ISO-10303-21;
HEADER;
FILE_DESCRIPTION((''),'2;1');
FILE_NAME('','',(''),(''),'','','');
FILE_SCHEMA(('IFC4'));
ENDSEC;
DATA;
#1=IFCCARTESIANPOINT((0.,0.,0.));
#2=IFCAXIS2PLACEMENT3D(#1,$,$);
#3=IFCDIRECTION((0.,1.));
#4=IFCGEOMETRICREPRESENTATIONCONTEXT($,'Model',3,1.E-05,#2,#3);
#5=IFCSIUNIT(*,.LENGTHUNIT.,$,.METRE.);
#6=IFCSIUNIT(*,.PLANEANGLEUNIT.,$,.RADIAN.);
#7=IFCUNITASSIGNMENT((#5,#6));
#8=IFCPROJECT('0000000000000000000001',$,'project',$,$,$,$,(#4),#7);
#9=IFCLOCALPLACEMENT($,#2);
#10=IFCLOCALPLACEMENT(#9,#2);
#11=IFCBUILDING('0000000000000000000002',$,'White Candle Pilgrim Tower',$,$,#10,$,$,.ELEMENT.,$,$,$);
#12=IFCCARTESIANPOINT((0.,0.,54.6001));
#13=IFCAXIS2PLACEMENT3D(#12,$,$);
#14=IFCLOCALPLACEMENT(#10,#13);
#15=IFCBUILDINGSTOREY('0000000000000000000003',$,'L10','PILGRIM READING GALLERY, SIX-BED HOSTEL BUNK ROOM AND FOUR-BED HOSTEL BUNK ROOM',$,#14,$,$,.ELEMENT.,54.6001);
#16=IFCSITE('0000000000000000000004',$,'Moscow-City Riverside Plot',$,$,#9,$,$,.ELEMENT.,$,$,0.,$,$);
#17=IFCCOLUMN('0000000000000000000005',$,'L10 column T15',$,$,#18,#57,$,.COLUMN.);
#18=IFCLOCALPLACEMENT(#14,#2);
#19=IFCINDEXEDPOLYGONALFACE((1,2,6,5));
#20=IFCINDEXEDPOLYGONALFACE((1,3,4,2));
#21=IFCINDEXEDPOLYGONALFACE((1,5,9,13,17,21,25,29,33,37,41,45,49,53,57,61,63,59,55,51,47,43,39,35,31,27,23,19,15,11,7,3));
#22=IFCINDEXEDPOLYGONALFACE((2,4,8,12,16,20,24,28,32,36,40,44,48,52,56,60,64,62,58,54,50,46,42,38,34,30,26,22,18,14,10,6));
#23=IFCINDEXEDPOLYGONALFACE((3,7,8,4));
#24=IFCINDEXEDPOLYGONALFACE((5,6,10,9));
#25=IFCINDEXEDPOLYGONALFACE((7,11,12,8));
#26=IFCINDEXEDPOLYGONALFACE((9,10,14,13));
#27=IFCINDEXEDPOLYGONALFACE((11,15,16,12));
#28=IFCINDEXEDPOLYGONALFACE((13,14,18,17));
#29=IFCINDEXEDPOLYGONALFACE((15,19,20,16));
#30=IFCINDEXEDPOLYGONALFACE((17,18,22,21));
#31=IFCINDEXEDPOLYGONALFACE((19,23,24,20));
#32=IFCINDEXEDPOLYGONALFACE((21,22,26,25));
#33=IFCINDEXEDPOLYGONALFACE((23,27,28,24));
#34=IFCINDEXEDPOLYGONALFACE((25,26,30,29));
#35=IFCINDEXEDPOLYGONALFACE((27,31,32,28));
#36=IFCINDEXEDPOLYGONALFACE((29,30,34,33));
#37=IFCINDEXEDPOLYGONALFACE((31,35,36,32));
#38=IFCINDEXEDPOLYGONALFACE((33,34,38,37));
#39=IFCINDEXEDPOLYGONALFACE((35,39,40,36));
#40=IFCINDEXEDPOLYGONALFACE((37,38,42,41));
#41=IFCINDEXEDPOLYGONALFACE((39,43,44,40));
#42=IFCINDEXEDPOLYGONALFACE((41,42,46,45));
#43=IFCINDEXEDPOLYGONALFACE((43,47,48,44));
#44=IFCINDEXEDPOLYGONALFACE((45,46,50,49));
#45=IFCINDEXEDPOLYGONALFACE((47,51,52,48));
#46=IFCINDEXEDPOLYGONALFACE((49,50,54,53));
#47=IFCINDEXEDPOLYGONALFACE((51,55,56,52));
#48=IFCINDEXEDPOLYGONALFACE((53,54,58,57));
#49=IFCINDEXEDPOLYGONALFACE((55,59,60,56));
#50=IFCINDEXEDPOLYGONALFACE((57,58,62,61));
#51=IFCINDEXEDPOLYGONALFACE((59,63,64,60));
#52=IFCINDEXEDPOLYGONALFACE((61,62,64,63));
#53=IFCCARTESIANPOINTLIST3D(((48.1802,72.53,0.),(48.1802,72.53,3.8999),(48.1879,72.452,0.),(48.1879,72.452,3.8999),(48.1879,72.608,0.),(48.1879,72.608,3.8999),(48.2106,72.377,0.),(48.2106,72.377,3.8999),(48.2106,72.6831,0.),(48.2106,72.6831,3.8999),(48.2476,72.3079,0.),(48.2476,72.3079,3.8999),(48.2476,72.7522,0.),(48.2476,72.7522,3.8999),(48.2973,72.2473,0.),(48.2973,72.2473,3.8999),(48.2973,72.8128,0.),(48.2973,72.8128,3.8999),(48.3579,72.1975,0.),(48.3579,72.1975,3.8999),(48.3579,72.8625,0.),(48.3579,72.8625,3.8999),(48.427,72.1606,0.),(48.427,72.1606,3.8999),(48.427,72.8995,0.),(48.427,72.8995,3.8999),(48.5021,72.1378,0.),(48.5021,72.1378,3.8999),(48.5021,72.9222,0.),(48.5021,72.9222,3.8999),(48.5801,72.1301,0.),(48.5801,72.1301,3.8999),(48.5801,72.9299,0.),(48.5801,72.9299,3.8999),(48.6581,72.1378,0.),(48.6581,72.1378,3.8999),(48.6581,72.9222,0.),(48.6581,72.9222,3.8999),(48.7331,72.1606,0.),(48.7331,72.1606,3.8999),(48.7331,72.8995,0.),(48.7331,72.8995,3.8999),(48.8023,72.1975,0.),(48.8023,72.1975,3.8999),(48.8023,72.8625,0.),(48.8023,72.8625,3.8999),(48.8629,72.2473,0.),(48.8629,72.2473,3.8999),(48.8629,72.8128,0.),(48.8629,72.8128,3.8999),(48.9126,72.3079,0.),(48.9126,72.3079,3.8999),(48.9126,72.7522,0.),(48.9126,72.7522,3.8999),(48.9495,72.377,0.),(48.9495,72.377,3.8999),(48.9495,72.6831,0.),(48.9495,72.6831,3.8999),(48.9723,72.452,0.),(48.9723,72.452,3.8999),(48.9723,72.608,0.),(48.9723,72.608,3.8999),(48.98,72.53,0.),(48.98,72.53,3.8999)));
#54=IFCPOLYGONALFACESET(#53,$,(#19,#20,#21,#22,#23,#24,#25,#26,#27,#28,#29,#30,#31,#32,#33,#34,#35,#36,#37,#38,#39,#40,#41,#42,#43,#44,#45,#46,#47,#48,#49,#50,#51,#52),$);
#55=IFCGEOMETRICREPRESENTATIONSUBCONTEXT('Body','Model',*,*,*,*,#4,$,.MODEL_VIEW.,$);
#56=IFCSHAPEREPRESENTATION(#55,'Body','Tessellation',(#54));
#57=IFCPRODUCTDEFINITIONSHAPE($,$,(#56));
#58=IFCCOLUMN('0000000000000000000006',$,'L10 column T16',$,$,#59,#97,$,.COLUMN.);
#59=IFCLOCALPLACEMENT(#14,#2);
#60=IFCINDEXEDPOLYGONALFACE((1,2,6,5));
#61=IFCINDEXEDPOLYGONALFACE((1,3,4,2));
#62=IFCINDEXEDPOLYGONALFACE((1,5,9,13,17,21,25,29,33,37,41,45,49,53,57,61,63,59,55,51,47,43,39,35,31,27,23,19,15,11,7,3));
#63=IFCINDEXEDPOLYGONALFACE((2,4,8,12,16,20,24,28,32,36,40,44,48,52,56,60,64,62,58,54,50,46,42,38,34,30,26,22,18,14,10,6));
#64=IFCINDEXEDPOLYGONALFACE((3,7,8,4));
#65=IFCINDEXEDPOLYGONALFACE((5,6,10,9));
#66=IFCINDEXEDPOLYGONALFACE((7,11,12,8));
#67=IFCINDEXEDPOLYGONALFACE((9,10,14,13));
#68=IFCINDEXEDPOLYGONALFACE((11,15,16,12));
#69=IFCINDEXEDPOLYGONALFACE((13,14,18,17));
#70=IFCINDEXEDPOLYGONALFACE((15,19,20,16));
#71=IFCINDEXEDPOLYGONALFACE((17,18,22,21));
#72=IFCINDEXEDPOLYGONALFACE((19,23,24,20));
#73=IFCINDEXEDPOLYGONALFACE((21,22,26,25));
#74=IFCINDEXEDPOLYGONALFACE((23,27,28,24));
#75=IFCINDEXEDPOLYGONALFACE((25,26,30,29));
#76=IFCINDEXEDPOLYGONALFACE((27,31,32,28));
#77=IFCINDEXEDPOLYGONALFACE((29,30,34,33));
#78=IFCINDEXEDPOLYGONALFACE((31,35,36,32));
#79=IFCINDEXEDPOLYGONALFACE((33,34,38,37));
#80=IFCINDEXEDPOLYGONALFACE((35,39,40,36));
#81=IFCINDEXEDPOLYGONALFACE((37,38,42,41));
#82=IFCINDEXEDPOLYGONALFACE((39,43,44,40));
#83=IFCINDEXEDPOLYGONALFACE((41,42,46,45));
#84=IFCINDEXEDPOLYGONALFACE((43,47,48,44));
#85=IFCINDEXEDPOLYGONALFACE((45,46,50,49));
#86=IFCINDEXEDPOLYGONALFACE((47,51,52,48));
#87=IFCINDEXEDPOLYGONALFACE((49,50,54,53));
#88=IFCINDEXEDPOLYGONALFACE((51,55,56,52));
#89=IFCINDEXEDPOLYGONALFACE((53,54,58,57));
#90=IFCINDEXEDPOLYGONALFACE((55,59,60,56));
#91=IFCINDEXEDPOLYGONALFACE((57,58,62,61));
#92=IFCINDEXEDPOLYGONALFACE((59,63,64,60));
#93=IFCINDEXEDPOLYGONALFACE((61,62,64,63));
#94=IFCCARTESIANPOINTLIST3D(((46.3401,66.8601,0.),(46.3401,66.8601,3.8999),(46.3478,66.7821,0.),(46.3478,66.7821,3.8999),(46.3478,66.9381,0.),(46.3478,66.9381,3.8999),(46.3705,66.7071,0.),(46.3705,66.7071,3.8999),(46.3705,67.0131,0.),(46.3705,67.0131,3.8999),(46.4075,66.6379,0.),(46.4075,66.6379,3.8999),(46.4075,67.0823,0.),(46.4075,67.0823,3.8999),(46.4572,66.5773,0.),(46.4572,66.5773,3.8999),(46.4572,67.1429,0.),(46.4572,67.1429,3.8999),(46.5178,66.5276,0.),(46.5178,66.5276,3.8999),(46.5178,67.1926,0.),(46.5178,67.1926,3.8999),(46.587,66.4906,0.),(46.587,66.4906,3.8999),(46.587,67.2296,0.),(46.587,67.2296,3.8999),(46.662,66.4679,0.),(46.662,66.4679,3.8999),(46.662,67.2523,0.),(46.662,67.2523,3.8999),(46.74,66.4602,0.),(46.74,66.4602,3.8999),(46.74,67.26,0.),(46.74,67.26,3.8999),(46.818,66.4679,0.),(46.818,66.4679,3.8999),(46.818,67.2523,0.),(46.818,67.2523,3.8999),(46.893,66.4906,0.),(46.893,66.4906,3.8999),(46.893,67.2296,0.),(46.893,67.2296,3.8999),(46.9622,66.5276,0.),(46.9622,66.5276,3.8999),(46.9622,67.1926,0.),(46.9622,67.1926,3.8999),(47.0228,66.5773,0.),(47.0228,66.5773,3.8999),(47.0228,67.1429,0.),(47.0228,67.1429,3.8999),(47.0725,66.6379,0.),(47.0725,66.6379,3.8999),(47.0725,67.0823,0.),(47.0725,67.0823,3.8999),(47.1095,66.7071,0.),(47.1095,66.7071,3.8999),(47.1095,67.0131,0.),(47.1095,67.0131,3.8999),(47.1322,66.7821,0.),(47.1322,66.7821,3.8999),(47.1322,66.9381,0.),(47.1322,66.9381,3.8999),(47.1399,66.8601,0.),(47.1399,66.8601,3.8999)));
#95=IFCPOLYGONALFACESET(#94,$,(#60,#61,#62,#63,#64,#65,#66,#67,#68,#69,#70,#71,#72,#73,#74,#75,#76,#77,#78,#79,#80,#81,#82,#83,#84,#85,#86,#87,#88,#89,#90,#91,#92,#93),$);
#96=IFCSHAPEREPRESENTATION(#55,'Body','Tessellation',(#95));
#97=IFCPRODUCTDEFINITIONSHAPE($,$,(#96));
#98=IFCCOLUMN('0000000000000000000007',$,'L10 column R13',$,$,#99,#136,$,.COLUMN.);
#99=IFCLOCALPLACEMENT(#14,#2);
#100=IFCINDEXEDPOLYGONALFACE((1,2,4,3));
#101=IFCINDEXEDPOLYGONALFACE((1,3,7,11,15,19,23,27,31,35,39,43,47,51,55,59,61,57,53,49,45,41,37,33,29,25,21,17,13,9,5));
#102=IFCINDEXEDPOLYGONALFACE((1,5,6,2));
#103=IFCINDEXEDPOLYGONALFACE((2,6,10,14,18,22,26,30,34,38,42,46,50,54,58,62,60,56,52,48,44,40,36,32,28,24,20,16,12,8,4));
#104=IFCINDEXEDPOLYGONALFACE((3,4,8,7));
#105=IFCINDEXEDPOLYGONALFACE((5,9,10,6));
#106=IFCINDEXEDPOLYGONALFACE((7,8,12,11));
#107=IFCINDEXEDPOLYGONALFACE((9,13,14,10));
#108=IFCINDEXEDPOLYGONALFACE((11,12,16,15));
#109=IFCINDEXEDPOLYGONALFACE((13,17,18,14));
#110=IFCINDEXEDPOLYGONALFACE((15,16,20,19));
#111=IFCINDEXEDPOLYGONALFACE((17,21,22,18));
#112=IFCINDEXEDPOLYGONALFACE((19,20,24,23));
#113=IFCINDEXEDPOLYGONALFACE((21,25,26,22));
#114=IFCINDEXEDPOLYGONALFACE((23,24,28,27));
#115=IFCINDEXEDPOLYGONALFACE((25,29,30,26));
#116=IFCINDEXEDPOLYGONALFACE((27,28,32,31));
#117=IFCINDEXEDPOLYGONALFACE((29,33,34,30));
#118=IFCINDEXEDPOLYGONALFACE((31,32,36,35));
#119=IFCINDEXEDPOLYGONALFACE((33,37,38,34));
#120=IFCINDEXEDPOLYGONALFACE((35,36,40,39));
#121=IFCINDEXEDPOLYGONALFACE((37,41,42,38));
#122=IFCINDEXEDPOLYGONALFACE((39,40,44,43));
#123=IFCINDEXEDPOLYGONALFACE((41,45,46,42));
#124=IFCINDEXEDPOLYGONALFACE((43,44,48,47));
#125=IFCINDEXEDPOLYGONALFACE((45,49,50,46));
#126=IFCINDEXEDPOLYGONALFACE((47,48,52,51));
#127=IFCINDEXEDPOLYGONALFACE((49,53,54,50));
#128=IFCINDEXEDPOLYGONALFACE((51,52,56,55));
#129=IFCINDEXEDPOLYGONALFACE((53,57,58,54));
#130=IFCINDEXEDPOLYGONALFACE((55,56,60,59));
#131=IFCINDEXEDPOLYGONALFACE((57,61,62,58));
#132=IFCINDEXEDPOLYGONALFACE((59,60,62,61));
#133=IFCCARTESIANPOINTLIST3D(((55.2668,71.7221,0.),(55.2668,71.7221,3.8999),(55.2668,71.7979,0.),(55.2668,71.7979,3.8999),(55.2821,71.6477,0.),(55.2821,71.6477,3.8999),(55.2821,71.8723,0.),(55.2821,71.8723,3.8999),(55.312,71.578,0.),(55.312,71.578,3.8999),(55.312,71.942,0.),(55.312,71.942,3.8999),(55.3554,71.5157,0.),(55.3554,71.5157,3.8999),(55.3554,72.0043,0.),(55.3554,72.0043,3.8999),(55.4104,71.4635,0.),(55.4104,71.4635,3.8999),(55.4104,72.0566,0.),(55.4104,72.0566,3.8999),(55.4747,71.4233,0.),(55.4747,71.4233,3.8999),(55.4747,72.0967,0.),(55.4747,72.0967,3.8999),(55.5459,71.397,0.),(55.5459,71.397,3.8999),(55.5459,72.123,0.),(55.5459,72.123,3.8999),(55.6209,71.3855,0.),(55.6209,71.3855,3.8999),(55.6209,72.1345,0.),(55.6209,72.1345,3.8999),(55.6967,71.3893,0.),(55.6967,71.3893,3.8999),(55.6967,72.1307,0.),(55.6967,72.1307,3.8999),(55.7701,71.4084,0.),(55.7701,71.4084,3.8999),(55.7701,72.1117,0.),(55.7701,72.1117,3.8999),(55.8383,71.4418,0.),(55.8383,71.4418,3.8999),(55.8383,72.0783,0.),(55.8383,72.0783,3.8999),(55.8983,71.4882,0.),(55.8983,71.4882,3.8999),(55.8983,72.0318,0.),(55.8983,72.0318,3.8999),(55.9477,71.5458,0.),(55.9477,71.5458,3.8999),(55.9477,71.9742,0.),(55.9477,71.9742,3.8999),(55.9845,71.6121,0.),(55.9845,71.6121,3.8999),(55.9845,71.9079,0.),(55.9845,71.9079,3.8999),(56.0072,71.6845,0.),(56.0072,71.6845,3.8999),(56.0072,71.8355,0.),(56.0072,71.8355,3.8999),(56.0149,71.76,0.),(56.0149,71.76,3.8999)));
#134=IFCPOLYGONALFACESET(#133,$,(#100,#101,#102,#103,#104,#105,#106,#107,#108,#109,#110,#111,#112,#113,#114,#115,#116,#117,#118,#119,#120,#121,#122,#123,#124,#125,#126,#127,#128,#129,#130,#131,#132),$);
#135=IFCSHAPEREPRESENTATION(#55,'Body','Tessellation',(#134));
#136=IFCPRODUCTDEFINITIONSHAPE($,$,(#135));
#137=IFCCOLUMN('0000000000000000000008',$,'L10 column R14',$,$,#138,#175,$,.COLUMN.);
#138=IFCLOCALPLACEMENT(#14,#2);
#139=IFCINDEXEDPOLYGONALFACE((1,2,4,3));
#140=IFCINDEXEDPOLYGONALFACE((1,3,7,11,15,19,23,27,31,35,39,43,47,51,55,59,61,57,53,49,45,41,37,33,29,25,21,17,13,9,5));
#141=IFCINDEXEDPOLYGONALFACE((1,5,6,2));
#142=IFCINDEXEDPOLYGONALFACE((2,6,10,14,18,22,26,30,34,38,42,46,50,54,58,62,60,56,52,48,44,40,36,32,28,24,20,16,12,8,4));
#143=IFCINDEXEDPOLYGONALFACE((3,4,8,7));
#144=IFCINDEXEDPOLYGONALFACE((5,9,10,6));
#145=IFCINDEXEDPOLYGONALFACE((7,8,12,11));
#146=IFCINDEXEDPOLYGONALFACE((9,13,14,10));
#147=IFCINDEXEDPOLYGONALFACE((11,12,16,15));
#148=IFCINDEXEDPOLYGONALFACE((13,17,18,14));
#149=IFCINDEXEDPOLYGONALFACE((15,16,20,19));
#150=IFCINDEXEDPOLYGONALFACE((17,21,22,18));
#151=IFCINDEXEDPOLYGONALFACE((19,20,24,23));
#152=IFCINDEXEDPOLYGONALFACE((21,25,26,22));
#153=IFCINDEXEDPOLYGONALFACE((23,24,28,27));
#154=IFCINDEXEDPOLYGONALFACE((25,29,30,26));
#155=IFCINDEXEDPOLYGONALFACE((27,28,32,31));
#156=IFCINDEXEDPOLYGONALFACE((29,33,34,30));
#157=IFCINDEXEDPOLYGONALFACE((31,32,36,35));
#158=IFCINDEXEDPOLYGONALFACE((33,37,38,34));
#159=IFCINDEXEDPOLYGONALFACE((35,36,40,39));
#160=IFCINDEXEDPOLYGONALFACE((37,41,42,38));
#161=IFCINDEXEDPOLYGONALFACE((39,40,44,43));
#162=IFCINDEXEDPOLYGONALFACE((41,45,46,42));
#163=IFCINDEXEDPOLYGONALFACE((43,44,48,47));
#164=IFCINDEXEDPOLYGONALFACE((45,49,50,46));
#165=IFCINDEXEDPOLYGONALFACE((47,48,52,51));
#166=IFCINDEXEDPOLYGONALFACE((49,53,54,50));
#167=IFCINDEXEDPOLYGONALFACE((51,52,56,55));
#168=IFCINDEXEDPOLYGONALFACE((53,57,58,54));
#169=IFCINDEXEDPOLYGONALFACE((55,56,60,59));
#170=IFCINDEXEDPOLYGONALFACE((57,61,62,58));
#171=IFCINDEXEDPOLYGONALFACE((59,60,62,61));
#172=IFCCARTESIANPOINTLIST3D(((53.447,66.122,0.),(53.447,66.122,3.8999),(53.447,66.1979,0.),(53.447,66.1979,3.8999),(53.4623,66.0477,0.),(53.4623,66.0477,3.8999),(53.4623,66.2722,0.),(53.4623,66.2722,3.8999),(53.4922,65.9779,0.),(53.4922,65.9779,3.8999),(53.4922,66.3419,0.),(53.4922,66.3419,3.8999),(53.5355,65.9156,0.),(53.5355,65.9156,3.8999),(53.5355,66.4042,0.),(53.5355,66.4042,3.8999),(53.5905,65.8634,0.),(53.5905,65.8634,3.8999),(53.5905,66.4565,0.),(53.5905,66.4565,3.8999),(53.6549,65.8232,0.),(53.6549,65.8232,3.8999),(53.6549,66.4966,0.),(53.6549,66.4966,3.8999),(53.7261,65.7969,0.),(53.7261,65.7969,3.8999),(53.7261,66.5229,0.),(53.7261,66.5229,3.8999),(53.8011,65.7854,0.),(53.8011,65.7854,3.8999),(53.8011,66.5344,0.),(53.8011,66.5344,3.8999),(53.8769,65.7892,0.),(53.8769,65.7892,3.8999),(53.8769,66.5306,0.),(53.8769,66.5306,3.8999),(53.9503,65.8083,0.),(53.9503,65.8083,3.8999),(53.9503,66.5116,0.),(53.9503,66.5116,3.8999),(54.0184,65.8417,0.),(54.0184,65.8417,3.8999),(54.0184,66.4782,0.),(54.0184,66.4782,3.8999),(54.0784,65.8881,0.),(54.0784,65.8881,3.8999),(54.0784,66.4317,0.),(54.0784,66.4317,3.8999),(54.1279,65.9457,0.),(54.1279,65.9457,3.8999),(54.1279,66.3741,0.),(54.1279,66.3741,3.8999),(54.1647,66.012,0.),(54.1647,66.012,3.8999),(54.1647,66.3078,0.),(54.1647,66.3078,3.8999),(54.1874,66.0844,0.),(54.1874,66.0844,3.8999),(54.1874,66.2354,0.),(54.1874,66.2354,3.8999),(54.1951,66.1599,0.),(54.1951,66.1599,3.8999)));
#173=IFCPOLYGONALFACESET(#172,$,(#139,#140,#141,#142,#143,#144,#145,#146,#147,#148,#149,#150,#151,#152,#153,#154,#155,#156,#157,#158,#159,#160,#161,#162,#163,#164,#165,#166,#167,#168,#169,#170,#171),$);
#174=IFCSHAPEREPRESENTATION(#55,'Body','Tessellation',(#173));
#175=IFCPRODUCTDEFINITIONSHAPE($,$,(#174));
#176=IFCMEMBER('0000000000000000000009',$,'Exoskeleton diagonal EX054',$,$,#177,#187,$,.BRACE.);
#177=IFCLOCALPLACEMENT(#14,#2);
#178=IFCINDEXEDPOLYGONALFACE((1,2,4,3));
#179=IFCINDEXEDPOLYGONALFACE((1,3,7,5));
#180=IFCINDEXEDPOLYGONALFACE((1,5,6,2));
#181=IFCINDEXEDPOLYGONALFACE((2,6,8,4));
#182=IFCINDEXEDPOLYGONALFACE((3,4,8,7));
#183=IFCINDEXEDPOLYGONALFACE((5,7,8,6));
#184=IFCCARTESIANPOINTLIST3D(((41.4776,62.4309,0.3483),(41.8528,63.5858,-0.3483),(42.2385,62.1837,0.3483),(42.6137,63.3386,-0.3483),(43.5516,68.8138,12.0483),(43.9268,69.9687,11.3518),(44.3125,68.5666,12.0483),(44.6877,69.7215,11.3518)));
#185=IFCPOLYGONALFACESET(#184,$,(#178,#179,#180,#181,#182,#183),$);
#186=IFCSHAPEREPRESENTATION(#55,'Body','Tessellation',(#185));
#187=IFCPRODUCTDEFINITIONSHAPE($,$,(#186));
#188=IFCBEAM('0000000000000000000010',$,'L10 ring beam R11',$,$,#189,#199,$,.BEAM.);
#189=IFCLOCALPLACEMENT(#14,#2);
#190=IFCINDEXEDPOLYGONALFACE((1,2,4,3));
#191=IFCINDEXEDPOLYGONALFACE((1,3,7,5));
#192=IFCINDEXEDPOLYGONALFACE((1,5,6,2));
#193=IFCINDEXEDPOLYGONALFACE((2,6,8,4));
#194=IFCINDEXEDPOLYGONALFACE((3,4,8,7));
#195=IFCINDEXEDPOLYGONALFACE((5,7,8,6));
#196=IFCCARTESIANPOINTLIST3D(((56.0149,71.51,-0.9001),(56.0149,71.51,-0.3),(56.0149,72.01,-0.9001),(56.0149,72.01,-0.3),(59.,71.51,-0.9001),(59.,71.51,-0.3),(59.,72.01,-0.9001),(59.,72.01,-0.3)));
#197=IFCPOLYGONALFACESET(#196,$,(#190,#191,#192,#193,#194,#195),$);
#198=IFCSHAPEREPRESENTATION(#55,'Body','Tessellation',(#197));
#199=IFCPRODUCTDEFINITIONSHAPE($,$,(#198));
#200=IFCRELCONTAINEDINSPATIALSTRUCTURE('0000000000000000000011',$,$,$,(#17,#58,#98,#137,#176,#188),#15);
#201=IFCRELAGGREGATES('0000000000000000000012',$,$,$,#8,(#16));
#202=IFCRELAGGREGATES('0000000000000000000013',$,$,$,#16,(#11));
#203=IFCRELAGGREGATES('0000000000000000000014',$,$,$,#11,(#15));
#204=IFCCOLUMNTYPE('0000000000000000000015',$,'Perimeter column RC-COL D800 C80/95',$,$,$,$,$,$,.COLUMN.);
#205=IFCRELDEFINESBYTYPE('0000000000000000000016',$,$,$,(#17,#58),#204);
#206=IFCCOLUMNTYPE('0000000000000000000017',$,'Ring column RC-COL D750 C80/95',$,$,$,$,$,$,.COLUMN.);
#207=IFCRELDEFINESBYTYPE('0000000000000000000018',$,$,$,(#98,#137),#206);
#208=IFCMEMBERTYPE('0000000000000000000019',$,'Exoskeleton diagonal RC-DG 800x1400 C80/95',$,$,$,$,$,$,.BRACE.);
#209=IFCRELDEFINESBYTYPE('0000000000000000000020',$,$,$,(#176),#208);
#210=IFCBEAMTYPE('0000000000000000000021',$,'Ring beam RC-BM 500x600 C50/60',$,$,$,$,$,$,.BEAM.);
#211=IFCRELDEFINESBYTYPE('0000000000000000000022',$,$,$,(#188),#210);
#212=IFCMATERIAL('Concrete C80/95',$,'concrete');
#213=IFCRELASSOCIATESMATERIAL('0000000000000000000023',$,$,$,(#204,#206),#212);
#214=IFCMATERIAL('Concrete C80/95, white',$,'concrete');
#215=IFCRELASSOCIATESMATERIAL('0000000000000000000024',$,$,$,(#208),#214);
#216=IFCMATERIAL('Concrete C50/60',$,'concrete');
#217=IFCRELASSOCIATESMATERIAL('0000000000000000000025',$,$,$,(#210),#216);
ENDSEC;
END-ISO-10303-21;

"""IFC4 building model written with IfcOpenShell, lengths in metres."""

from ifc_helpers import new_model, si_unit, direction, frame, origin, origin_2d, place, context, subcontext, project, spatial, rectangle, circle, extrude, material, material_profile, profile_set, type_object, element, save


model = new_model("IFC4")

# Units and contexts
model_context = context("Model", 3, precision=1e-05, world=origin(), true_north=direction((0.0, 1.0)))
body_context = subcontext(model_context, "Body", "Model", "MODEL_VIEW")
ifc_project = project(units=[si_unit("LENGTHUNIT", "METRE"), si_unit("PLANEANGLEUNIT", "RADIAN")], contexts=[model_context])

# Site, building, storey
site_placement = place(None, origin())
site = spatial("IfcSite", under=ifc_project, at=site_placement, Name="Moscow-City Riverside Plot", CompositionType="ELEMENT", RefElevation=0.0)
building_placement = place(site_placement, origin())
building = spatial("IfcBuilding", under=site, at=building_placement, Name="White Candle Pilgrim Tower", CompositionType="ELEMENT")
storey_placement = place(building_placement, frame((0.0, 0.0, 54.6001)))
storey = spatial("IfcBuildingStorey", under=building, at=storey_placement, Name="L10", Description="PILGRIM READING GALLERY, SIX-BED HOSTEL BUNK ROOM AND FOUR-BED HOSTEL BUNK ROOM", CompositionType="ELEMENT", Elevation=54.6001)

# Columns
ifc_material_1 = material(Name="Concrete C80/95", Category="concrete")
ifc_material_profile_1 = material_profile(ifc_material_1, circle(Radius=0.3999, at=origin_2d()), Name="RC-COL D800")
ifc_profile_set_1 = profile_set([ifc_material_profile_1], Name="Concrete C80/95")
column_type_1 = type_object("IfcColumnType", Name="Perimeter column RC-COL D800 C80/95", PredefinedType="COLUMN", material=ifc_profile_set_1)
for number, where, z_axis, x_axis, name in (
    (1, (48.5801, 72.53, 0.0), (0.0, 0.0, 1.0), (1.0, 0.0, 0.0), "L10 column T15"),
    (2, (46.74, 66.8601, 0.0), (0.0, 0.0, 1.0), (1.0, 0.0, 0.0), "L10 column T16"),
):
    element("IfcColumn", number, at=place(storey_placement, frame(where, z_axis=z_axis, x_axis=x_axis)), inside=storey, type_object=column_type_1, Name=name, PredefinedType="COLUMN", context=body_context, shape_type="SweptSolid", body=[
        extrude(circle(Radius=0.3999, at=origin_2d()), origin(), (0.0, 0.0, 1.0), 3.8999),
    ])
ifc_material_profile_2 = material_profile(ifc_material_1, circle(Radius=0.375, at=origin_2d()), Name="RC-COL D750")
ifc_profile_set_2 = profile_set([ifc_material_profile_2], Name="Concrete C80/95")
column_type_2 = type_object("IfcColumnType", Name="Ring column RC-COL D750 C80/95", PredefinedType="COLUMN", material=ifc_profile_set_2)
for number, where, z_axis, x_axis, name in (
    (3, (55.6399, 71.76, 0.0), (0.0, 0.0, 1.0), (1.0, 0.0, 0.0), "L10 column R13"),
    (4, (53.8201, 66.1599, 0.0), (0.0, 0.0, 1.0), (1.0, 0.0, 0.0), "L10 column R14"),
):
    element("IfcColumn", number, at=place(storey_placement, frame(where, z_axis=z_axis, x_axis=x_axis)), inside=storey, type_object=column_type_2, Name=name, PredefinedType="COLUMN", context=body_context, shape_type="SweptSolid", body=[
        extrude(circle(Radius=0.375, at=origin_2d()), origin(), (0.0, 0.0, 1.0), 3.8999),
    ])

# Member
ifc_material_2 = material(Name="Concrete C80/95, white", Category="concrete")
ifc_material_profile_3 = material_profile(ifc_material_2, rectangle(XDim=0.8, YDim=1.3999, at=origin_2d()), Name="RC-DG 800x1400")
ifc_profile_set_3 = profile_set([ifc_material_profile_3], Name="Concrete C80/95, white")
member_type = type_object("IfcMemberType", Name="Exoskeleton diagonal RC-DG 800x1400 C80/95", PredefinedType="BRACE", material=ifc_profile_set_3)
member_placement = place(storey_placement, frame((42.0457, 62.8848, 0.0), z_axis=(0.153763, 0.473216, 0.867424), x_axis=(-0.951053, 0.309027, 0.0)))
element("IfcMember", 5, at=member_placement, inside=storey, type_object=member_type, Name="Exoskeleton diagonal EX054", PredefinedType="BRACE", context=body_context, shape_type="SweptSolid", body=[
    extrude(rectangle(XDim=0.8, YDim=1.3999, at=origin_2d()), origin(), (0.0, 0.0, 1.0), 13.4883),
])

# Beam
ifc_material_3 = material(Name="Concrete C50/60", Category="concrete")
ifc_material_profile_4 = material_profile(ifc_material_3, rectangle(XDim=0.5, YDim=0.6001, at=origin_2d()), Name="RC-BM 500x600")
ifc_profile_set_4 = profile_set([ifc_material_profile_4], Name="Concrete C50/60")
beam_type_1 = type_object("IfcBeamType", Name="Ring beam RC-BM 500x600 C50/60", PredefinedType="BEAM", material=ifc_profile_set_4)
beam_1_placement = place(storey_placement, frame((56.0149, 71.76, -0.6001), z_axis=(1.0, 0.0, 0.0), x_axis=(0.0, 1.0, 0.0)))
element("IfcBeam", 6, at=beam_1_placement, inside=storey, type_object=beam_type_1, Name="L10 ring beam R11", PredefinedType="BEAM", context=body_context, shape_type="SweptSolid", body=[
    extrude(rectangle(XDim=0.5, YDim=0.6001, at=origin_2d()), origin(), (0.0, 0.0, 1.0), 2.9851),
])

save(model, "model.ifc")
